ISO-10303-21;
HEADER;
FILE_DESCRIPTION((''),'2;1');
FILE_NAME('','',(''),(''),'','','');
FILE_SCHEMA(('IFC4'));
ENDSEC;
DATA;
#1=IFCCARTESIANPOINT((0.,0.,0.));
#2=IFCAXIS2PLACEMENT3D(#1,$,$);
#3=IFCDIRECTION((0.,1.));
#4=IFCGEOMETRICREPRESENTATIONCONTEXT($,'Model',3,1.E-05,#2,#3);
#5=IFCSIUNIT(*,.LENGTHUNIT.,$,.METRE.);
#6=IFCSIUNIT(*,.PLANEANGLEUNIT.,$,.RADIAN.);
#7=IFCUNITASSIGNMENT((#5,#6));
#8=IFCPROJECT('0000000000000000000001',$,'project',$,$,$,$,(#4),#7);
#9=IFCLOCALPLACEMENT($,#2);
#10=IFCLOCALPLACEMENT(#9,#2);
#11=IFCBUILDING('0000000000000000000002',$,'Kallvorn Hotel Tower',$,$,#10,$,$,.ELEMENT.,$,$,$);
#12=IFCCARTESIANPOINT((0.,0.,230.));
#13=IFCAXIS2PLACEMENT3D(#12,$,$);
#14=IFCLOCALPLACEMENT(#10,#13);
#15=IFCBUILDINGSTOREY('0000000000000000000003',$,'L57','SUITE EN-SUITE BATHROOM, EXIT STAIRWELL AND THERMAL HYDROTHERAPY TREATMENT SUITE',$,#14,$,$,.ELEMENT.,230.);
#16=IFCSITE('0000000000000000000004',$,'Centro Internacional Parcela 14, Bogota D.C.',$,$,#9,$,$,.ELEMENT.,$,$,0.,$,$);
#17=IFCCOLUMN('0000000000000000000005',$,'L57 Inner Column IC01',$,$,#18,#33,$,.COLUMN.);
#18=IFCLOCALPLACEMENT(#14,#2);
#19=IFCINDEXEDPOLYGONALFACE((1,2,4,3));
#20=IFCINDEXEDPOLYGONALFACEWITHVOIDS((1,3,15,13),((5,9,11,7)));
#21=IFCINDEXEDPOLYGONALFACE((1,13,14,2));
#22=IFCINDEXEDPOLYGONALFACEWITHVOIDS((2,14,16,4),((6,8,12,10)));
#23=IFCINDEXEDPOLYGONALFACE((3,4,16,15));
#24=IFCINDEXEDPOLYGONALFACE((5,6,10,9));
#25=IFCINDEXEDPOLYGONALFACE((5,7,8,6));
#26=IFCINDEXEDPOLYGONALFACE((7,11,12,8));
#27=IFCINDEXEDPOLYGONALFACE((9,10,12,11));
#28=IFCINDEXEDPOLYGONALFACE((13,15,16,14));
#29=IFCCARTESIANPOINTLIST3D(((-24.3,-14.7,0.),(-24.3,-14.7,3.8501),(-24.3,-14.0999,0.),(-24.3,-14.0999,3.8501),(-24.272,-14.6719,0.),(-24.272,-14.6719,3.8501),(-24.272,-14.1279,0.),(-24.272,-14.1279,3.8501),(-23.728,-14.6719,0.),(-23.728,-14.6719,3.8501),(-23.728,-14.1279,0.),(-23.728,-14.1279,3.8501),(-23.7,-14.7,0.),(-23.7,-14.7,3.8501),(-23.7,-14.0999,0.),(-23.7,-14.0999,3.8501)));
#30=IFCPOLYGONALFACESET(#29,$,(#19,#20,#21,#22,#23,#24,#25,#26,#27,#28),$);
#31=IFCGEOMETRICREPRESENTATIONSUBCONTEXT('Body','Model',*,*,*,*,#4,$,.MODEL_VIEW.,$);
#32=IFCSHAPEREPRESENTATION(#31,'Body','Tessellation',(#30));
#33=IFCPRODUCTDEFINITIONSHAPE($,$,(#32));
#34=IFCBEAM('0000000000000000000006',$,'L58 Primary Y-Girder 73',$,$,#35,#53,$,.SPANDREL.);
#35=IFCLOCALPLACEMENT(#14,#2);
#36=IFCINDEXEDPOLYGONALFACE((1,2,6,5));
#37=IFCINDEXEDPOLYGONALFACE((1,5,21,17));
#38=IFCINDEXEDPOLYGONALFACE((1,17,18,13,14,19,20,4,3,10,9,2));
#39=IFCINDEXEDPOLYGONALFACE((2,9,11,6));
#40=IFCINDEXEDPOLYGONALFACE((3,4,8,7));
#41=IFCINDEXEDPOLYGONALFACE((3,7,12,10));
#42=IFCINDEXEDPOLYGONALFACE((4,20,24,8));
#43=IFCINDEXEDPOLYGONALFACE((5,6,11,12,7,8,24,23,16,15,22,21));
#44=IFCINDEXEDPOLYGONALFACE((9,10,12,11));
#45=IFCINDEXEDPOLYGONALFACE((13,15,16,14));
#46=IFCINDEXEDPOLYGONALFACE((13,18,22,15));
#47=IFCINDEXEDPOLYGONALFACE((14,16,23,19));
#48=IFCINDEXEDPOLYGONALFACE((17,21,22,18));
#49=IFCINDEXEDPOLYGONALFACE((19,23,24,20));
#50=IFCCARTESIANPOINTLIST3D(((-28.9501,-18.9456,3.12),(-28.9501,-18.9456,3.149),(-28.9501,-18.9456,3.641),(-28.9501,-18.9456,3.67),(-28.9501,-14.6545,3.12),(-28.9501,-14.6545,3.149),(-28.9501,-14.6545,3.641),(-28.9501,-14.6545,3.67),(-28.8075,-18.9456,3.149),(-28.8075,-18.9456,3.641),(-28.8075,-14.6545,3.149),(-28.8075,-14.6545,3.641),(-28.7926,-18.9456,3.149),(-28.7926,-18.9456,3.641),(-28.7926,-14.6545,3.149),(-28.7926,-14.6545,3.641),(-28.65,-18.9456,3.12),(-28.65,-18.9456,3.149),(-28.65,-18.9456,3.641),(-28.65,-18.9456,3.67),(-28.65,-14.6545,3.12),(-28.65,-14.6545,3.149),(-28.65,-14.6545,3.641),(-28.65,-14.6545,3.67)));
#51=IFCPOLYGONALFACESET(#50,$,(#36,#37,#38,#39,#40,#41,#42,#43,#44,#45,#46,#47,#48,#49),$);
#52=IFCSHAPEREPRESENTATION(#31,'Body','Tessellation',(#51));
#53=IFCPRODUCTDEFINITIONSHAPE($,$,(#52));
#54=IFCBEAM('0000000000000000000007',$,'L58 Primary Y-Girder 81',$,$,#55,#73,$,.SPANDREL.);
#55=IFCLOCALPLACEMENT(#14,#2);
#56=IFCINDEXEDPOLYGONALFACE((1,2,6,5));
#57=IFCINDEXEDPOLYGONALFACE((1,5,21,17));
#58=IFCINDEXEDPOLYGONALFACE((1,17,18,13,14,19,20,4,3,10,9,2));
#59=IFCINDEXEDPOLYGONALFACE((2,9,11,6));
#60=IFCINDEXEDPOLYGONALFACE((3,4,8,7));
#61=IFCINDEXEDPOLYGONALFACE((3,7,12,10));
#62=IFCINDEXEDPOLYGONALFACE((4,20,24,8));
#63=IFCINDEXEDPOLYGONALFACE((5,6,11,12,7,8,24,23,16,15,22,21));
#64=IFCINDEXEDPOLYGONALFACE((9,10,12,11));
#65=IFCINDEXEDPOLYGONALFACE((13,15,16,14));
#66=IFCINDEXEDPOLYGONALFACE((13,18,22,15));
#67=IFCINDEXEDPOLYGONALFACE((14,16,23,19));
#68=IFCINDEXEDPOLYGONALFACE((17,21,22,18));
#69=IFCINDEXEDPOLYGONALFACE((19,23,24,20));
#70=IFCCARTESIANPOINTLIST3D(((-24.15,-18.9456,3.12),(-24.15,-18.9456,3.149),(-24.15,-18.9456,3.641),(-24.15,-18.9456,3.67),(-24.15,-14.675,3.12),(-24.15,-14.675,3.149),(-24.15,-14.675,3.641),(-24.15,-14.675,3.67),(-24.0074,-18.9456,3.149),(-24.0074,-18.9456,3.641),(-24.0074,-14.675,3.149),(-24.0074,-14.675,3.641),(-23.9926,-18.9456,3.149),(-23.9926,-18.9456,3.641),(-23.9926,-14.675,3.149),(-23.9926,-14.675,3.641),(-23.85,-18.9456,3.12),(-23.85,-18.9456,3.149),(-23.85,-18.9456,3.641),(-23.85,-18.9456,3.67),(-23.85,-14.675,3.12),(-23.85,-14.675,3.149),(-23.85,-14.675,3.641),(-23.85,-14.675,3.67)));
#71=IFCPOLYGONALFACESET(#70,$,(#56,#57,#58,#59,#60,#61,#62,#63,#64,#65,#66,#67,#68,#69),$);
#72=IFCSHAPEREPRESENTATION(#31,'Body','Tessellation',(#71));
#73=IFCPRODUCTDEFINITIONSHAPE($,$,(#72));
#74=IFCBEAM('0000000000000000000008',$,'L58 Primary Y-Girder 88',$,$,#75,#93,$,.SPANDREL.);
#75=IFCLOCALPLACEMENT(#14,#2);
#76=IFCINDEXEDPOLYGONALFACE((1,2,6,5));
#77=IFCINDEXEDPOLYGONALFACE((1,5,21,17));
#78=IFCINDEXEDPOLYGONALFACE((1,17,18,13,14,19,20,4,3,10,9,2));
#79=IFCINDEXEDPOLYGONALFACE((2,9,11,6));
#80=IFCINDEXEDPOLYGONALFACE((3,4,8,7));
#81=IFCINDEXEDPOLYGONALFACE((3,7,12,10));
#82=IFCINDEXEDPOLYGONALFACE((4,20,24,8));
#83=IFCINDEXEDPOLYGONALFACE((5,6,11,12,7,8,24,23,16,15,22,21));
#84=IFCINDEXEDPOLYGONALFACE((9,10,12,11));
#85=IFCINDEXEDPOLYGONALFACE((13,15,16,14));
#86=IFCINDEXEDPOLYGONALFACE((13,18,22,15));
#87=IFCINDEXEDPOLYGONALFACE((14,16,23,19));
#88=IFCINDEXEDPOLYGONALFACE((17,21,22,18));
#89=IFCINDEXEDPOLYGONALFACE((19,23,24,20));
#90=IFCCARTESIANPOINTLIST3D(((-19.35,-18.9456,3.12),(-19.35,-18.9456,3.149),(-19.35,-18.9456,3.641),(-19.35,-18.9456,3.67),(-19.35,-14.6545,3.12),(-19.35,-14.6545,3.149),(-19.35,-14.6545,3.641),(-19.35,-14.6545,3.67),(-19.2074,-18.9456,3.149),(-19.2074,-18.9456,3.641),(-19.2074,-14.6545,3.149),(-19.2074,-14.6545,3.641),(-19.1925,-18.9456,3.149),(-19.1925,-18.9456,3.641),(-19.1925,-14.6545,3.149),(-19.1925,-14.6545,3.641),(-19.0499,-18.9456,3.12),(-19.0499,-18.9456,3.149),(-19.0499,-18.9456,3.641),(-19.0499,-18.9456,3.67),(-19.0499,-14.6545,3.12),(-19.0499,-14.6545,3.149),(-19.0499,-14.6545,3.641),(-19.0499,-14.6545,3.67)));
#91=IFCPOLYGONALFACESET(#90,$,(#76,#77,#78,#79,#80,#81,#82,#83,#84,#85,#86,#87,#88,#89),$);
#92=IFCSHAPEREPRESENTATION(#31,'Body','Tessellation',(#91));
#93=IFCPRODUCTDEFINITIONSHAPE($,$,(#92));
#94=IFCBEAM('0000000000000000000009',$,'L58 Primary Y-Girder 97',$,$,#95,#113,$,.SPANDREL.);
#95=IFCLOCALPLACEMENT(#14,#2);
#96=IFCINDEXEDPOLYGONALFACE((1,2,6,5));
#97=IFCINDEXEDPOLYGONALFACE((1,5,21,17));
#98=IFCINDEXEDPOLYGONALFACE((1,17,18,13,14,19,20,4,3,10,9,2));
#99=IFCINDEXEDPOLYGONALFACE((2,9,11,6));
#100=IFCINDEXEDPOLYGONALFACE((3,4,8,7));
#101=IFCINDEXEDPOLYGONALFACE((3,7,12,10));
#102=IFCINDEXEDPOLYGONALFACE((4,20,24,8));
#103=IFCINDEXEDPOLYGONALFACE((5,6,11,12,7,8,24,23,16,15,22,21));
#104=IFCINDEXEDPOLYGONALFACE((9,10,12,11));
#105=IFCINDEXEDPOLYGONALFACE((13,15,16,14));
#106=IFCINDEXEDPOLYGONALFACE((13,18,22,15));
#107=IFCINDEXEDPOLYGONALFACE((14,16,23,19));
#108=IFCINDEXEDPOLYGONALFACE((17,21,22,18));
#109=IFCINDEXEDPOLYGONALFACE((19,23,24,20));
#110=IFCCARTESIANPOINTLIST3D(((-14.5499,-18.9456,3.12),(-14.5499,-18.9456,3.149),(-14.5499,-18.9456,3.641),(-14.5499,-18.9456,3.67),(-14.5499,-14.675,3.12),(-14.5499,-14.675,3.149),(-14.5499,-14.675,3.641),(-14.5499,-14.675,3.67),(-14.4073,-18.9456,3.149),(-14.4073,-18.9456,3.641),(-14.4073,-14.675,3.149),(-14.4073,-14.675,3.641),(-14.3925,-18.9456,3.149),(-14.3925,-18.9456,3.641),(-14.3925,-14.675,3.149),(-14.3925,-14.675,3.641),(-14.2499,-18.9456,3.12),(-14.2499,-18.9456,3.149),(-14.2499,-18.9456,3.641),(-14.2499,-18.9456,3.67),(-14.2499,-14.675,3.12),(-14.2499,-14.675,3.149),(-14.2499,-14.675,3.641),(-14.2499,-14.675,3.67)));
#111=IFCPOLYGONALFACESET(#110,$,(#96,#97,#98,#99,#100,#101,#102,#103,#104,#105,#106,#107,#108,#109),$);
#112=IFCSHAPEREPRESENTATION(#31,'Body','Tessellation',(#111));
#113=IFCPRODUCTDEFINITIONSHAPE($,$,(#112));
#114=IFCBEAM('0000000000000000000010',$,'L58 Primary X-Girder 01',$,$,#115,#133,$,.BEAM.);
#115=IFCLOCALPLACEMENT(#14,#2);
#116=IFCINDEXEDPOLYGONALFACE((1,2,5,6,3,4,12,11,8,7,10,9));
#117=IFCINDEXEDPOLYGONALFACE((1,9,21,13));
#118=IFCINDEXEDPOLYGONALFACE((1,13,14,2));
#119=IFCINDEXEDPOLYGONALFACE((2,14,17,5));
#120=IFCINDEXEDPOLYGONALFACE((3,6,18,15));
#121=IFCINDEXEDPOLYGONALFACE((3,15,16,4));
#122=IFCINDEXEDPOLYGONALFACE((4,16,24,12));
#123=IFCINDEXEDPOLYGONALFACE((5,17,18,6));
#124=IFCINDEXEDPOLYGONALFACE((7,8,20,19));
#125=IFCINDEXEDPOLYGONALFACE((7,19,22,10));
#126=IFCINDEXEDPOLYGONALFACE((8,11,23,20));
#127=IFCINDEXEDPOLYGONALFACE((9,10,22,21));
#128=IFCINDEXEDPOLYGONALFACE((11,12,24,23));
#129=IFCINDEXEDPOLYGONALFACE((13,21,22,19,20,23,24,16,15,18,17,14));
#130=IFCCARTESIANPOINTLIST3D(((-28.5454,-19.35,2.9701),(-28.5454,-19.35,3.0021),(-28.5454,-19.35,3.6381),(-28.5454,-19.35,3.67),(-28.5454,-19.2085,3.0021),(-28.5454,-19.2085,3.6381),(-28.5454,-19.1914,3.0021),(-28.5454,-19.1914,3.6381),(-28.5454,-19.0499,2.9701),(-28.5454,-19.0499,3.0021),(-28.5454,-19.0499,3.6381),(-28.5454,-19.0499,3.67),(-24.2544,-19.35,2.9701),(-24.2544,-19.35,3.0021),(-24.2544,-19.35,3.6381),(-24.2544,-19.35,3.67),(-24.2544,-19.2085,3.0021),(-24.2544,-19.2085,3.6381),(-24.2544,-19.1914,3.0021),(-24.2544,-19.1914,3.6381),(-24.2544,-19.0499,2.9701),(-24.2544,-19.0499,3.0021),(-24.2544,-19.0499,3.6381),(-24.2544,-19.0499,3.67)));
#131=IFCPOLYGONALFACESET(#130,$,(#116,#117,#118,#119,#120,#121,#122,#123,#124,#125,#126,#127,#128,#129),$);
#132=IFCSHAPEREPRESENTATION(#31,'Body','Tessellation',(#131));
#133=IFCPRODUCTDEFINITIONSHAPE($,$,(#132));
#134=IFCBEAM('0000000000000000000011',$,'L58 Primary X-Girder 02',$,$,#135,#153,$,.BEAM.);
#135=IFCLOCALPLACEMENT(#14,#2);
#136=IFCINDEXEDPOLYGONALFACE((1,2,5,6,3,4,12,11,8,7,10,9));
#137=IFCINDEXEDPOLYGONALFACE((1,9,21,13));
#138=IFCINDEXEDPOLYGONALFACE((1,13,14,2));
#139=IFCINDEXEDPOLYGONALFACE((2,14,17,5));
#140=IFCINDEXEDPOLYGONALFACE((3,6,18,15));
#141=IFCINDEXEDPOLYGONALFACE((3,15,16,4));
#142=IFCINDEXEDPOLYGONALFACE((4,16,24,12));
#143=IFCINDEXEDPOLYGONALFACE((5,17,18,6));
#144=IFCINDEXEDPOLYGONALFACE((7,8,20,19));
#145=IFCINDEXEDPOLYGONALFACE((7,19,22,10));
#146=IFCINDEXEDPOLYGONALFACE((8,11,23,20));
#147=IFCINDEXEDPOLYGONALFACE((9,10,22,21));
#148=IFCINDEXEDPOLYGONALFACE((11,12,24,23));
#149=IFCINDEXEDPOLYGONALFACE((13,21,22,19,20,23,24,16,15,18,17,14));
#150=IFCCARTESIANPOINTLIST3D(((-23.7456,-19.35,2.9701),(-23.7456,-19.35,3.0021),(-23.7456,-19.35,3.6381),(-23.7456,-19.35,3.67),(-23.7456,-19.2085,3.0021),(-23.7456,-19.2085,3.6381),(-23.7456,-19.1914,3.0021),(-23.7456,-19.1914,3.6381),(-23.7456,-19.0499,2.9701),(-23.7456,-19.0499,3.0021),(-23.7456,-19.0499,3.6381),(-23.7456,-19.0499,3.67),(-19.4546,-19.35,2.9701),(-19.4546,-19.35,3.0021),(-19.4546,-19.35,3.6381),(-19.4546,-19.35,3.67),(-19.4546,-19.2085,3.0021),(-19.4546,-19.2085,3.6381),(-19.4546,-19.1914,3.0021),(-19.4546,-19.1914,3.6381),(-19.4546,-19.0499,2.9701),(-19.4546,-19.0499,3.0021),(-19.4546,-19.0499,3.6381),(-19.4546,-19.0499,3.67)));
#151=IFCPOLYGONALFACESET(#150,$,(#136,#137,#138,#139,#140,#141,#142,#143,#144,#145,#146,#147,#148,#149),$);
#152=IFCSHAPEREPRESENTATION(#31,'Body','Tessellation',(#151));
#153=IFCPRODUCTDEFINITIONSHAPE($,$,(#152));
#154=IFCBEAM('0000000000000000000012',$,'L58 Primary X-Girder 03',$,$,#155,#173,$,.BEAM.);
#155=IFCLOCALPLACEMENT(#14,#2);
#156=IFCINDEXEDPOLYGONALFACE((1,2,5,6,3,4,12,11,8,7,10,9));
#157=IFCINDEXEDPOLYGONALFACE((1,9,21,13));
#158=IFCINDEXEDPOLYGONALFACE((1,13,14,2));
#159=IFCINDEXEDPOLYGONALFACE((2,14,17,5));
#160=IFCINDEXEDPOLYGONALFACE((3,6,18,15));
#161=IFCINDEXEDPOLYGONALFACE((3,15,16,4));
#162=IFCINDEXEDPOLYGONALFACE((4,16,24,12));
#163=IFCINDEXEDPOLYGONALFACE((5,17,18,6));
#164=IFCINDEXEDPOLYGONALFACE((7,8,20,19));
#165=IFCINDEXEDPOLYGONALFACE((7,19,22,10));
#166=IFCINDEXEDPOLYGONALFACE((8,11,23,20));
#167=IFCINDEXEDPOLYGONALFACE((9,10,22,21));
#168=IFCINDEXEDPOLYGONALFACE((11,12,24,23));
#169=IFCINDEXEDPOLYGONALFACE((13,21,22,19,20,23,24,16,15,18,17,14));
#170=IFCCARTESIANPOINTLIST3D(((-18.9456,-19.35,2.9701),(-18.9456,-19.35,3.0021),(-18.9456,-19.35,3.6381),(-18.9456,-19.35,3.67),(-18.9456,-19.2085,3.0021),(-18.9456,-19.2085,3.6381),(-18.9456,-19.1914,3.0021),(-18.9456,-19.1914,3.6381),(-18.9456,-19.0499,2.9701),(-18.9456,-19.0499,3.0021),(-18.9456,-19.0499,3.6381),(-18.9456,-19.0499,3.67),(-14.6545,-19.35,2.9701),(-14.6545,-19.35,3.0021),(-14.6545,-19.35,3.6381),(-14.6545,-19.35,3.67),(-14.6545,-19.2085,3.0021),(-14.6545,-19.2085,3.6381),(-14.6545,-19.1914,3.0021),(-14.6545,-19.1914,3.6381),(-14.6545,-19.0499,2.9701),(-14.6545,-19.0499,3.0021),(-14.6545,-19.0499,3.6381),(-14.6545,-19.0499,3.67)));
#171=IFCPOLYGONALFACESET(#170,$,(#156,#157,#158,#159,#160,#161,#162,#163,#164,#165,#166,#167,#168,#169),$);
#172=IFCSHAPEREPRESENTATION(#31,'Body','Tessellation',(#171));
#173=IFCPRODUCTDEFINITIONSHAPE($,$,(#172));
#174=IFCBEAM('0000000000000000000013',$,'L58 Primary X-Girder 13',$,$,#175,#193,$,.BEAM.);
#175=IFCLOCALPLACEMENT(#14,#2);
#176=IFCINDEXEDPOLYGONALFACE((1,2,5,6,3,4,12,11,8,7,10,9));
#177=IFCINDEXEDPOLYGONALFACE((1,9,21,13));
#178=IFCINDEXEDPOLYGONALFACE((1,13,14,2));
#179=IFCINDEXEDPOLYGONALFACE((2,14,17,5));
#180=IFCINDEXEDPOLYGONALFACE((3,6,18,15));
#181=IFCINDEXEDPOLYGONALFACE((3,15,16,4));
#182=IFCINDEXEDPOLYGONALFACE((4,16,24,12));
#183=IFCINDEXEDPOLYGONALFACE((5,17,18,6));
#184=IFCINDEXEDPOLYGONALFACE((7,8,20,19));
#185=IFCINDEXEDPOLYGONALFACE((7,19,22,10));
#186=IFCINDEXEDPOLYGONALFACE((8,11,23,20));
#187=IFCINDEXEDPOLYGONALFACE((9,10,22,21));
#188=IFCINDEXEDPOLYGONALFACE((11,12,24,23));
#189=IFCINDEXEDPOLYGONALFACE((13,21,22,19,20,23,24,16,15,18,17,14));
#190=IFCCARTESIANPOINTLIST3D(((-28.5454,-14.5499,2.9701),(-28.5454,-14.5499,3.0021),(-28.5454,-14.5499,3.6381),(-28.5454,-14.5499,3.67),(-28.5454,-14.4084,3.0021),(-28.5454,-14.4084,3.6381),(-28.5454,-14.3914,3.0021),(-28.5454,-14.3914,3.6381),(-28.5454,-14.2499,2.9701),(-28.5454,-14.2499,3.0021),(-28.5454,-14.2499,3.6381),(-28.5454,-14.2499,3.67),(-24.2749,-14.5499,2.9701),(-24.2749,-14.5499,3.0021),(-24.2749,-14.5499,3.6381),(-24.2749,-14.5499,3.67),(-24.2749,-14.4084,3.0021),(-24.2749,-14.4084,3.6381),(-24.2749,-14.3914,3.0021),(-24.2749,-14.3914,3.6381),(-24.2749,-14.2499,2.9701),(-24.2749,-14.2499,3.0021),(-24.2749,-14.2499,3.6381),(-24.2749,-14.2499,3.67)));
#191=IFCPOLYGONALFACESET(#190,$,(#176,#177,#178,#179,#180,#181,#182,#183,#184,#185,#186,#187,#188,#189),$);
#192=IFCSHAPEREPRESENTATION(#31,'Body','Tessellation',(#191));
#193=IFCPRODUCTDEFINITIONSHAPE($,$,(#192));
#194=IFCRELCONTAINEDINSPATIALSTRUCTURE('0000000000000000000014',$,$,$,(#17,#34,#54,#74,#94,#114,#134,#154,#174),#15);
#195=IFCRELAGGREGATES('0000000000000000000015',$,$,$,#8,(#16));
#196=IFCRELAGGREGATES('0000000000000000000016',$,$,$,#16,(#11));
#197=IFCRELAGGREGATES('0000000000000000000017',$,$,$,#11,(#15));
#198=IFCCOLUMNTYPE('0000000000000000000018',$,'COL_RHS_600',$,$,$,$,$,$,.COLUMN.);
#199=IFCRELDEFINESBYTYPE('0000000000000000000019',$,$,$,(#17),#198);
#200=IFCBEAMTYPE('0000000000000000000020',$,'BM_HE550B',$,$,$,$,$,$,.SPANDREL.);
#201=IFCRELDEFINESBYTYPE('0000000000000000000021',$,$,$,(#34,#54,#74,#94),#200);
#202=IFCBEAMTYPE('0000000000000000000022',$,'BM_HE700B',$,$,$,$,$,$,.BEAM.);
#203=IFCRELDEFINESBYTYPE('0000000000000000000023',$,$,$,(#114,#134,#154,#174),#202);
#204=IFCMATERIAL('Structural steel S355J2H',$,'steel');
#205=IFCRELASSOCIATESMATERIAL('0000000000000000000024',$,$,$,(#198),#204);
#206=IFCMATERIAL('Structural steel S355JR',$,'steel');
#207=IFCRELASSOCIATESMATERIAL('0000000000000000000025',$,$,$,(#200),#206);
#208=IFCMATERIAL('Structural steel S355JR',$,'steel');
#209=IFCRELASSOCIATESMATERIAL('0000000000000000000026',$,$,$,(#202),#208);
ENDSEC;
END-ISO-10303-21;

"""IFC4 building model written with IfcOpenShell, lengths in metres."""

from ifc_helpers import new_model, si_unit, direction, frame, origin, origin_2d, place, context, subcontext, project, spatial, hollow_rectangle, i_section, extrude, material, material_profile, profile_set, type_object, element, save


model = new_model("IFC4")

# Units and contexts
model_context = context("Model", 3, precision=1e-05, world=origin(), true_north=direction((0.0, 1.0)))
body_context = subcontext(model_context, "Body", "Model", "MODEL_VIEW")
ifc_project = project(units=[si_unit("LENGTHUNIT", "METRE"), si_unit("PLANEANGLEUNIT", "RADIAN")], contexts=[model_context])

# Site, building, storey
site_placement = place(None, origin())
site = spatial("IfcSite", under=ifc_project, at=site_placement, Name="Centro Internacional Parcela 14, Bogota D.C.", CompositionType="ELEMENT", RefElevation=0.0)
building_placement = place(site_placement, origin())
building = spatial("IfcBuilding", under=site, at=building_placement, Name="Kallvorn Hotel Tower", CompositionType="ELEMENT")
storey_placement = place(building_placement, frame((0.0, 0.0, 230.0)))
storey = spatial("IfcBuildingStorey", under=building, at=storey_placement, Name="L57", Description="SUITE EN-SUITE BATHROOM, EXIT STAIRWELL AND THERMAL HYDROTHERAPY TREATMENT SUITE", CompositionType="ELEMENT", Elevation=230.0)

# Column
ifc_material_1 = material(Name="Structural steel S355J2H", Category="steel")
ifc_material_profile_1 = material_profile(ifc_material_1, hollow_rectangle(XDim=0.6001, YDim=0.6001, WallThickness=0.0281, at=origin_2d()), Name="RHS 600x600x28")
ifc_profile_set_1 = profile_set([ifc_material_profile_1], Name="Structural steel S355J2H")
column_type_1 = type_object("IfcColumnType", Name="COL_RHS_600", PredefinedType="COLUMN", material=ifc_profile_set_1)
column_placement = place(storey_placement, frame((-24.0, -14.3999, 0.0), z_axis=(0.0, 0.0, 1.0), x_axis=(1.0, 0.0, 0.0)))
element("IfcColumn", 1, at=column_placement, inside=storey, type_object=column_type_1, Name="L57 Inner Column IC01", PredefinedType="COLUMN", context=body_context, shape_type="SweptSolid", body=[
    extrude(hollow_rectangle(XDim=0.6001, YDim=0.6001, WallThickness=0.0281, at=origin_2d()), origin(), (0.0, 0.0, 1.0), 3.8501),
])

# Beams
ifc_material_2 = material(Name="Structural steel S355JR", Category="steel")
ifc_material_profile_2 = material_profile(ifc_material_2, i_section(OverallWidth=0.3, OverallDepth=0.55, WebThickness=0.0149, FlangeThickness=0.0291, at=origin_2d()), Name="HE 550 B")
ifc_profile_set_2 = profile_set([ifc_material_profile_2], Name="Structural steel S355JR")
beam_type_1 = type_object("IfcBeamType", Name="BM_HE550B", PredefinedType="SPANDREL", material=ifc_profile_set_2)
beam_1_placement = place(storey_placement, frame((-28.8, -18.9456, 3.395), z_axis=(0.0, 1.0, 0.0), x_axis=(-1.0, 0.0, 0.0)))
element("IfcBeam", 2, at=beam_1_placement, inside=storey, type_object=beam_type_1, Name="L58 Primary Y-Girder 73", PredefinedType="SPANDREL", context=body_context, shape_type="SweptSolid", body=[
    extrude(i_section(OverallWidth=0.3, OverallDepth=0.55, WebThickness=0.0149, FlangeThickness=0.0291, at=origin_2d()), origin(), (0.0, 0.0, 1.0), 4.291),
])
beam_2_placement = place(storey_placement, frame((-24.0, -18.9456, 3.395), z_axis=(0.0, 1.0, 0.0), x_axis=(-1.0, 0.0, 0.0)))
element("IfcBeam", 3, at=beam_2_placement, inside=storey, type_object=beam_type_1, Name="L58 Primary Y-Girder 81", PredefinedType="SPANDREL", context=body_context, shape_type="SweptSolid", body=[
    extrude(i_section(OverallWidth=0.3, OverallDepth=0.55, WebThickness=0.0149, FlangeThickness=0.0291, at=origin_2d()), origin(), (0.0, 0.0, 1.0), 4.2705),
])
beam_3_placement = place(storey_placement, frame((-19.2, -18.9456, 3.395), z_axis=(0.0, 1.0, 0.0), x_axis=(-1.0, 0.0, 0.0)))
element("IfcBeam", 4, at=beam_3_placement, inside=storey, type_object=beam_type_1, Name="L58 Primary Y-Girder 88", PredefinedType="SPANDREL", context=body_context, shape_type="SweptSolid", body=[
    extrude(i_section(OverallWidth=0.3, OverallDepth=0.55, WebThickness=0.0149, FlangeThickness=0.0291, at=origin_2d()), origin(), (0.0, 0.0, 1.0), 4.291),
])
beam_4_placement = place(storey_placement, frame((-14.3999, -18.9456, 3.395), z_axis=(0.0, 1.0, 0.0), x_axis=(-1.0, 0.0, 0.0)))
element("IfcBeam", 5, at=beam_4_placement, inside=storey, type_object=beam_type_1, Name="L58 Primary Y-Girder 97", PredefinedType="SPANDREL", context=body_context, shape_type="SweptSolid", body=[
    extrude(i_section(OverallWidth=0.3, OverallDepth=0.55, WebThickness=0.0149, FlangeThickness=0.0291, at=origin_2d()), origin(), (0.0, 0.0, 1.0), 4.2705),
])
ifc_material_3 = material(Name="Structural steel S355JR", Category="steel")
ifc_material_profile_3 = material_profile(ifc_material_3, i_section(OverallWidth=0.3, OverallDepth=0.7, WebThickness=0.0171, FlangeThickness=0.032, at=origin_2d()), Name="HE 700 B")
ifc_profile_set_3 = profile_set([ifc_material_profile_3], Name="Structural steel S355JR")
beam_type_2 = type_object("IfcBeamType", Name="BM_HE700B", PredefinedType="BEAM", material=ifc_profile_set_3)
for number, where, z_axis, x_axis, name in (
    (6, (-28.5454, -19.2, 3.3201), (1.0, 0.0, 0.0), (0.0, 1.0, 0.0), "L58 Primary X-Girder 01"),
    (7, (-23.7456, -19.2, 3.3201), (1.0, 0.0, 0.0), (0.0, 1.0, 0.0), "L58 Primary X-Girder 02"),
    (8, (-18.9456, -19.2, 3.3201), (1.0, 0.0, 0.0), (0.0, 1.0, 0.0), "L58 Primary X-Girder 03"),
):
    element("IfcBeam", number, at=place(storey_placement, frame(where, z_axis=z_axis, x_axis=x_axis)), inside=storey, type_object=beam_type_2, Name=name, PredefinedType="BEAM", context=body_context, shape_type="SweptSolid", body=[
        extrude(i_section(OverallWidth=0.3, OverallDepth=0.7, WebThickness=0.0171, FlangeThickness=0.032, at=origin_2d()), origin(), (0.0, 0.0, 1.0), 4.291),
    ])
for number, where, z_axis, x_axis, name in (
    (9, (-28.5454, -14.3999, 3.3201), (1.0, 0.0, 0.0), (0.0, 1.0, 0.0), "L58 Primary X-Girder 13"),
):
    element("IfcBeam", number, at=place(storey_placement, frame(where, z_axis=z_axis, x_axis=x_axis)), inside=storey, type_object=beam_type_2, Name=name, PredefinedType="BEAM", context=body_context, shape_type="SweptSolid", body=[
        extrude(i_section(OverallWidth=0.3, OverallDepth=0.7, WebThickness=0.0171, FlangeThickness=0.032, at=origin_2d()), origin(), (0.0, 0.0, 1.0), 4.2705),
    ])

save(model, "model.ifc")
